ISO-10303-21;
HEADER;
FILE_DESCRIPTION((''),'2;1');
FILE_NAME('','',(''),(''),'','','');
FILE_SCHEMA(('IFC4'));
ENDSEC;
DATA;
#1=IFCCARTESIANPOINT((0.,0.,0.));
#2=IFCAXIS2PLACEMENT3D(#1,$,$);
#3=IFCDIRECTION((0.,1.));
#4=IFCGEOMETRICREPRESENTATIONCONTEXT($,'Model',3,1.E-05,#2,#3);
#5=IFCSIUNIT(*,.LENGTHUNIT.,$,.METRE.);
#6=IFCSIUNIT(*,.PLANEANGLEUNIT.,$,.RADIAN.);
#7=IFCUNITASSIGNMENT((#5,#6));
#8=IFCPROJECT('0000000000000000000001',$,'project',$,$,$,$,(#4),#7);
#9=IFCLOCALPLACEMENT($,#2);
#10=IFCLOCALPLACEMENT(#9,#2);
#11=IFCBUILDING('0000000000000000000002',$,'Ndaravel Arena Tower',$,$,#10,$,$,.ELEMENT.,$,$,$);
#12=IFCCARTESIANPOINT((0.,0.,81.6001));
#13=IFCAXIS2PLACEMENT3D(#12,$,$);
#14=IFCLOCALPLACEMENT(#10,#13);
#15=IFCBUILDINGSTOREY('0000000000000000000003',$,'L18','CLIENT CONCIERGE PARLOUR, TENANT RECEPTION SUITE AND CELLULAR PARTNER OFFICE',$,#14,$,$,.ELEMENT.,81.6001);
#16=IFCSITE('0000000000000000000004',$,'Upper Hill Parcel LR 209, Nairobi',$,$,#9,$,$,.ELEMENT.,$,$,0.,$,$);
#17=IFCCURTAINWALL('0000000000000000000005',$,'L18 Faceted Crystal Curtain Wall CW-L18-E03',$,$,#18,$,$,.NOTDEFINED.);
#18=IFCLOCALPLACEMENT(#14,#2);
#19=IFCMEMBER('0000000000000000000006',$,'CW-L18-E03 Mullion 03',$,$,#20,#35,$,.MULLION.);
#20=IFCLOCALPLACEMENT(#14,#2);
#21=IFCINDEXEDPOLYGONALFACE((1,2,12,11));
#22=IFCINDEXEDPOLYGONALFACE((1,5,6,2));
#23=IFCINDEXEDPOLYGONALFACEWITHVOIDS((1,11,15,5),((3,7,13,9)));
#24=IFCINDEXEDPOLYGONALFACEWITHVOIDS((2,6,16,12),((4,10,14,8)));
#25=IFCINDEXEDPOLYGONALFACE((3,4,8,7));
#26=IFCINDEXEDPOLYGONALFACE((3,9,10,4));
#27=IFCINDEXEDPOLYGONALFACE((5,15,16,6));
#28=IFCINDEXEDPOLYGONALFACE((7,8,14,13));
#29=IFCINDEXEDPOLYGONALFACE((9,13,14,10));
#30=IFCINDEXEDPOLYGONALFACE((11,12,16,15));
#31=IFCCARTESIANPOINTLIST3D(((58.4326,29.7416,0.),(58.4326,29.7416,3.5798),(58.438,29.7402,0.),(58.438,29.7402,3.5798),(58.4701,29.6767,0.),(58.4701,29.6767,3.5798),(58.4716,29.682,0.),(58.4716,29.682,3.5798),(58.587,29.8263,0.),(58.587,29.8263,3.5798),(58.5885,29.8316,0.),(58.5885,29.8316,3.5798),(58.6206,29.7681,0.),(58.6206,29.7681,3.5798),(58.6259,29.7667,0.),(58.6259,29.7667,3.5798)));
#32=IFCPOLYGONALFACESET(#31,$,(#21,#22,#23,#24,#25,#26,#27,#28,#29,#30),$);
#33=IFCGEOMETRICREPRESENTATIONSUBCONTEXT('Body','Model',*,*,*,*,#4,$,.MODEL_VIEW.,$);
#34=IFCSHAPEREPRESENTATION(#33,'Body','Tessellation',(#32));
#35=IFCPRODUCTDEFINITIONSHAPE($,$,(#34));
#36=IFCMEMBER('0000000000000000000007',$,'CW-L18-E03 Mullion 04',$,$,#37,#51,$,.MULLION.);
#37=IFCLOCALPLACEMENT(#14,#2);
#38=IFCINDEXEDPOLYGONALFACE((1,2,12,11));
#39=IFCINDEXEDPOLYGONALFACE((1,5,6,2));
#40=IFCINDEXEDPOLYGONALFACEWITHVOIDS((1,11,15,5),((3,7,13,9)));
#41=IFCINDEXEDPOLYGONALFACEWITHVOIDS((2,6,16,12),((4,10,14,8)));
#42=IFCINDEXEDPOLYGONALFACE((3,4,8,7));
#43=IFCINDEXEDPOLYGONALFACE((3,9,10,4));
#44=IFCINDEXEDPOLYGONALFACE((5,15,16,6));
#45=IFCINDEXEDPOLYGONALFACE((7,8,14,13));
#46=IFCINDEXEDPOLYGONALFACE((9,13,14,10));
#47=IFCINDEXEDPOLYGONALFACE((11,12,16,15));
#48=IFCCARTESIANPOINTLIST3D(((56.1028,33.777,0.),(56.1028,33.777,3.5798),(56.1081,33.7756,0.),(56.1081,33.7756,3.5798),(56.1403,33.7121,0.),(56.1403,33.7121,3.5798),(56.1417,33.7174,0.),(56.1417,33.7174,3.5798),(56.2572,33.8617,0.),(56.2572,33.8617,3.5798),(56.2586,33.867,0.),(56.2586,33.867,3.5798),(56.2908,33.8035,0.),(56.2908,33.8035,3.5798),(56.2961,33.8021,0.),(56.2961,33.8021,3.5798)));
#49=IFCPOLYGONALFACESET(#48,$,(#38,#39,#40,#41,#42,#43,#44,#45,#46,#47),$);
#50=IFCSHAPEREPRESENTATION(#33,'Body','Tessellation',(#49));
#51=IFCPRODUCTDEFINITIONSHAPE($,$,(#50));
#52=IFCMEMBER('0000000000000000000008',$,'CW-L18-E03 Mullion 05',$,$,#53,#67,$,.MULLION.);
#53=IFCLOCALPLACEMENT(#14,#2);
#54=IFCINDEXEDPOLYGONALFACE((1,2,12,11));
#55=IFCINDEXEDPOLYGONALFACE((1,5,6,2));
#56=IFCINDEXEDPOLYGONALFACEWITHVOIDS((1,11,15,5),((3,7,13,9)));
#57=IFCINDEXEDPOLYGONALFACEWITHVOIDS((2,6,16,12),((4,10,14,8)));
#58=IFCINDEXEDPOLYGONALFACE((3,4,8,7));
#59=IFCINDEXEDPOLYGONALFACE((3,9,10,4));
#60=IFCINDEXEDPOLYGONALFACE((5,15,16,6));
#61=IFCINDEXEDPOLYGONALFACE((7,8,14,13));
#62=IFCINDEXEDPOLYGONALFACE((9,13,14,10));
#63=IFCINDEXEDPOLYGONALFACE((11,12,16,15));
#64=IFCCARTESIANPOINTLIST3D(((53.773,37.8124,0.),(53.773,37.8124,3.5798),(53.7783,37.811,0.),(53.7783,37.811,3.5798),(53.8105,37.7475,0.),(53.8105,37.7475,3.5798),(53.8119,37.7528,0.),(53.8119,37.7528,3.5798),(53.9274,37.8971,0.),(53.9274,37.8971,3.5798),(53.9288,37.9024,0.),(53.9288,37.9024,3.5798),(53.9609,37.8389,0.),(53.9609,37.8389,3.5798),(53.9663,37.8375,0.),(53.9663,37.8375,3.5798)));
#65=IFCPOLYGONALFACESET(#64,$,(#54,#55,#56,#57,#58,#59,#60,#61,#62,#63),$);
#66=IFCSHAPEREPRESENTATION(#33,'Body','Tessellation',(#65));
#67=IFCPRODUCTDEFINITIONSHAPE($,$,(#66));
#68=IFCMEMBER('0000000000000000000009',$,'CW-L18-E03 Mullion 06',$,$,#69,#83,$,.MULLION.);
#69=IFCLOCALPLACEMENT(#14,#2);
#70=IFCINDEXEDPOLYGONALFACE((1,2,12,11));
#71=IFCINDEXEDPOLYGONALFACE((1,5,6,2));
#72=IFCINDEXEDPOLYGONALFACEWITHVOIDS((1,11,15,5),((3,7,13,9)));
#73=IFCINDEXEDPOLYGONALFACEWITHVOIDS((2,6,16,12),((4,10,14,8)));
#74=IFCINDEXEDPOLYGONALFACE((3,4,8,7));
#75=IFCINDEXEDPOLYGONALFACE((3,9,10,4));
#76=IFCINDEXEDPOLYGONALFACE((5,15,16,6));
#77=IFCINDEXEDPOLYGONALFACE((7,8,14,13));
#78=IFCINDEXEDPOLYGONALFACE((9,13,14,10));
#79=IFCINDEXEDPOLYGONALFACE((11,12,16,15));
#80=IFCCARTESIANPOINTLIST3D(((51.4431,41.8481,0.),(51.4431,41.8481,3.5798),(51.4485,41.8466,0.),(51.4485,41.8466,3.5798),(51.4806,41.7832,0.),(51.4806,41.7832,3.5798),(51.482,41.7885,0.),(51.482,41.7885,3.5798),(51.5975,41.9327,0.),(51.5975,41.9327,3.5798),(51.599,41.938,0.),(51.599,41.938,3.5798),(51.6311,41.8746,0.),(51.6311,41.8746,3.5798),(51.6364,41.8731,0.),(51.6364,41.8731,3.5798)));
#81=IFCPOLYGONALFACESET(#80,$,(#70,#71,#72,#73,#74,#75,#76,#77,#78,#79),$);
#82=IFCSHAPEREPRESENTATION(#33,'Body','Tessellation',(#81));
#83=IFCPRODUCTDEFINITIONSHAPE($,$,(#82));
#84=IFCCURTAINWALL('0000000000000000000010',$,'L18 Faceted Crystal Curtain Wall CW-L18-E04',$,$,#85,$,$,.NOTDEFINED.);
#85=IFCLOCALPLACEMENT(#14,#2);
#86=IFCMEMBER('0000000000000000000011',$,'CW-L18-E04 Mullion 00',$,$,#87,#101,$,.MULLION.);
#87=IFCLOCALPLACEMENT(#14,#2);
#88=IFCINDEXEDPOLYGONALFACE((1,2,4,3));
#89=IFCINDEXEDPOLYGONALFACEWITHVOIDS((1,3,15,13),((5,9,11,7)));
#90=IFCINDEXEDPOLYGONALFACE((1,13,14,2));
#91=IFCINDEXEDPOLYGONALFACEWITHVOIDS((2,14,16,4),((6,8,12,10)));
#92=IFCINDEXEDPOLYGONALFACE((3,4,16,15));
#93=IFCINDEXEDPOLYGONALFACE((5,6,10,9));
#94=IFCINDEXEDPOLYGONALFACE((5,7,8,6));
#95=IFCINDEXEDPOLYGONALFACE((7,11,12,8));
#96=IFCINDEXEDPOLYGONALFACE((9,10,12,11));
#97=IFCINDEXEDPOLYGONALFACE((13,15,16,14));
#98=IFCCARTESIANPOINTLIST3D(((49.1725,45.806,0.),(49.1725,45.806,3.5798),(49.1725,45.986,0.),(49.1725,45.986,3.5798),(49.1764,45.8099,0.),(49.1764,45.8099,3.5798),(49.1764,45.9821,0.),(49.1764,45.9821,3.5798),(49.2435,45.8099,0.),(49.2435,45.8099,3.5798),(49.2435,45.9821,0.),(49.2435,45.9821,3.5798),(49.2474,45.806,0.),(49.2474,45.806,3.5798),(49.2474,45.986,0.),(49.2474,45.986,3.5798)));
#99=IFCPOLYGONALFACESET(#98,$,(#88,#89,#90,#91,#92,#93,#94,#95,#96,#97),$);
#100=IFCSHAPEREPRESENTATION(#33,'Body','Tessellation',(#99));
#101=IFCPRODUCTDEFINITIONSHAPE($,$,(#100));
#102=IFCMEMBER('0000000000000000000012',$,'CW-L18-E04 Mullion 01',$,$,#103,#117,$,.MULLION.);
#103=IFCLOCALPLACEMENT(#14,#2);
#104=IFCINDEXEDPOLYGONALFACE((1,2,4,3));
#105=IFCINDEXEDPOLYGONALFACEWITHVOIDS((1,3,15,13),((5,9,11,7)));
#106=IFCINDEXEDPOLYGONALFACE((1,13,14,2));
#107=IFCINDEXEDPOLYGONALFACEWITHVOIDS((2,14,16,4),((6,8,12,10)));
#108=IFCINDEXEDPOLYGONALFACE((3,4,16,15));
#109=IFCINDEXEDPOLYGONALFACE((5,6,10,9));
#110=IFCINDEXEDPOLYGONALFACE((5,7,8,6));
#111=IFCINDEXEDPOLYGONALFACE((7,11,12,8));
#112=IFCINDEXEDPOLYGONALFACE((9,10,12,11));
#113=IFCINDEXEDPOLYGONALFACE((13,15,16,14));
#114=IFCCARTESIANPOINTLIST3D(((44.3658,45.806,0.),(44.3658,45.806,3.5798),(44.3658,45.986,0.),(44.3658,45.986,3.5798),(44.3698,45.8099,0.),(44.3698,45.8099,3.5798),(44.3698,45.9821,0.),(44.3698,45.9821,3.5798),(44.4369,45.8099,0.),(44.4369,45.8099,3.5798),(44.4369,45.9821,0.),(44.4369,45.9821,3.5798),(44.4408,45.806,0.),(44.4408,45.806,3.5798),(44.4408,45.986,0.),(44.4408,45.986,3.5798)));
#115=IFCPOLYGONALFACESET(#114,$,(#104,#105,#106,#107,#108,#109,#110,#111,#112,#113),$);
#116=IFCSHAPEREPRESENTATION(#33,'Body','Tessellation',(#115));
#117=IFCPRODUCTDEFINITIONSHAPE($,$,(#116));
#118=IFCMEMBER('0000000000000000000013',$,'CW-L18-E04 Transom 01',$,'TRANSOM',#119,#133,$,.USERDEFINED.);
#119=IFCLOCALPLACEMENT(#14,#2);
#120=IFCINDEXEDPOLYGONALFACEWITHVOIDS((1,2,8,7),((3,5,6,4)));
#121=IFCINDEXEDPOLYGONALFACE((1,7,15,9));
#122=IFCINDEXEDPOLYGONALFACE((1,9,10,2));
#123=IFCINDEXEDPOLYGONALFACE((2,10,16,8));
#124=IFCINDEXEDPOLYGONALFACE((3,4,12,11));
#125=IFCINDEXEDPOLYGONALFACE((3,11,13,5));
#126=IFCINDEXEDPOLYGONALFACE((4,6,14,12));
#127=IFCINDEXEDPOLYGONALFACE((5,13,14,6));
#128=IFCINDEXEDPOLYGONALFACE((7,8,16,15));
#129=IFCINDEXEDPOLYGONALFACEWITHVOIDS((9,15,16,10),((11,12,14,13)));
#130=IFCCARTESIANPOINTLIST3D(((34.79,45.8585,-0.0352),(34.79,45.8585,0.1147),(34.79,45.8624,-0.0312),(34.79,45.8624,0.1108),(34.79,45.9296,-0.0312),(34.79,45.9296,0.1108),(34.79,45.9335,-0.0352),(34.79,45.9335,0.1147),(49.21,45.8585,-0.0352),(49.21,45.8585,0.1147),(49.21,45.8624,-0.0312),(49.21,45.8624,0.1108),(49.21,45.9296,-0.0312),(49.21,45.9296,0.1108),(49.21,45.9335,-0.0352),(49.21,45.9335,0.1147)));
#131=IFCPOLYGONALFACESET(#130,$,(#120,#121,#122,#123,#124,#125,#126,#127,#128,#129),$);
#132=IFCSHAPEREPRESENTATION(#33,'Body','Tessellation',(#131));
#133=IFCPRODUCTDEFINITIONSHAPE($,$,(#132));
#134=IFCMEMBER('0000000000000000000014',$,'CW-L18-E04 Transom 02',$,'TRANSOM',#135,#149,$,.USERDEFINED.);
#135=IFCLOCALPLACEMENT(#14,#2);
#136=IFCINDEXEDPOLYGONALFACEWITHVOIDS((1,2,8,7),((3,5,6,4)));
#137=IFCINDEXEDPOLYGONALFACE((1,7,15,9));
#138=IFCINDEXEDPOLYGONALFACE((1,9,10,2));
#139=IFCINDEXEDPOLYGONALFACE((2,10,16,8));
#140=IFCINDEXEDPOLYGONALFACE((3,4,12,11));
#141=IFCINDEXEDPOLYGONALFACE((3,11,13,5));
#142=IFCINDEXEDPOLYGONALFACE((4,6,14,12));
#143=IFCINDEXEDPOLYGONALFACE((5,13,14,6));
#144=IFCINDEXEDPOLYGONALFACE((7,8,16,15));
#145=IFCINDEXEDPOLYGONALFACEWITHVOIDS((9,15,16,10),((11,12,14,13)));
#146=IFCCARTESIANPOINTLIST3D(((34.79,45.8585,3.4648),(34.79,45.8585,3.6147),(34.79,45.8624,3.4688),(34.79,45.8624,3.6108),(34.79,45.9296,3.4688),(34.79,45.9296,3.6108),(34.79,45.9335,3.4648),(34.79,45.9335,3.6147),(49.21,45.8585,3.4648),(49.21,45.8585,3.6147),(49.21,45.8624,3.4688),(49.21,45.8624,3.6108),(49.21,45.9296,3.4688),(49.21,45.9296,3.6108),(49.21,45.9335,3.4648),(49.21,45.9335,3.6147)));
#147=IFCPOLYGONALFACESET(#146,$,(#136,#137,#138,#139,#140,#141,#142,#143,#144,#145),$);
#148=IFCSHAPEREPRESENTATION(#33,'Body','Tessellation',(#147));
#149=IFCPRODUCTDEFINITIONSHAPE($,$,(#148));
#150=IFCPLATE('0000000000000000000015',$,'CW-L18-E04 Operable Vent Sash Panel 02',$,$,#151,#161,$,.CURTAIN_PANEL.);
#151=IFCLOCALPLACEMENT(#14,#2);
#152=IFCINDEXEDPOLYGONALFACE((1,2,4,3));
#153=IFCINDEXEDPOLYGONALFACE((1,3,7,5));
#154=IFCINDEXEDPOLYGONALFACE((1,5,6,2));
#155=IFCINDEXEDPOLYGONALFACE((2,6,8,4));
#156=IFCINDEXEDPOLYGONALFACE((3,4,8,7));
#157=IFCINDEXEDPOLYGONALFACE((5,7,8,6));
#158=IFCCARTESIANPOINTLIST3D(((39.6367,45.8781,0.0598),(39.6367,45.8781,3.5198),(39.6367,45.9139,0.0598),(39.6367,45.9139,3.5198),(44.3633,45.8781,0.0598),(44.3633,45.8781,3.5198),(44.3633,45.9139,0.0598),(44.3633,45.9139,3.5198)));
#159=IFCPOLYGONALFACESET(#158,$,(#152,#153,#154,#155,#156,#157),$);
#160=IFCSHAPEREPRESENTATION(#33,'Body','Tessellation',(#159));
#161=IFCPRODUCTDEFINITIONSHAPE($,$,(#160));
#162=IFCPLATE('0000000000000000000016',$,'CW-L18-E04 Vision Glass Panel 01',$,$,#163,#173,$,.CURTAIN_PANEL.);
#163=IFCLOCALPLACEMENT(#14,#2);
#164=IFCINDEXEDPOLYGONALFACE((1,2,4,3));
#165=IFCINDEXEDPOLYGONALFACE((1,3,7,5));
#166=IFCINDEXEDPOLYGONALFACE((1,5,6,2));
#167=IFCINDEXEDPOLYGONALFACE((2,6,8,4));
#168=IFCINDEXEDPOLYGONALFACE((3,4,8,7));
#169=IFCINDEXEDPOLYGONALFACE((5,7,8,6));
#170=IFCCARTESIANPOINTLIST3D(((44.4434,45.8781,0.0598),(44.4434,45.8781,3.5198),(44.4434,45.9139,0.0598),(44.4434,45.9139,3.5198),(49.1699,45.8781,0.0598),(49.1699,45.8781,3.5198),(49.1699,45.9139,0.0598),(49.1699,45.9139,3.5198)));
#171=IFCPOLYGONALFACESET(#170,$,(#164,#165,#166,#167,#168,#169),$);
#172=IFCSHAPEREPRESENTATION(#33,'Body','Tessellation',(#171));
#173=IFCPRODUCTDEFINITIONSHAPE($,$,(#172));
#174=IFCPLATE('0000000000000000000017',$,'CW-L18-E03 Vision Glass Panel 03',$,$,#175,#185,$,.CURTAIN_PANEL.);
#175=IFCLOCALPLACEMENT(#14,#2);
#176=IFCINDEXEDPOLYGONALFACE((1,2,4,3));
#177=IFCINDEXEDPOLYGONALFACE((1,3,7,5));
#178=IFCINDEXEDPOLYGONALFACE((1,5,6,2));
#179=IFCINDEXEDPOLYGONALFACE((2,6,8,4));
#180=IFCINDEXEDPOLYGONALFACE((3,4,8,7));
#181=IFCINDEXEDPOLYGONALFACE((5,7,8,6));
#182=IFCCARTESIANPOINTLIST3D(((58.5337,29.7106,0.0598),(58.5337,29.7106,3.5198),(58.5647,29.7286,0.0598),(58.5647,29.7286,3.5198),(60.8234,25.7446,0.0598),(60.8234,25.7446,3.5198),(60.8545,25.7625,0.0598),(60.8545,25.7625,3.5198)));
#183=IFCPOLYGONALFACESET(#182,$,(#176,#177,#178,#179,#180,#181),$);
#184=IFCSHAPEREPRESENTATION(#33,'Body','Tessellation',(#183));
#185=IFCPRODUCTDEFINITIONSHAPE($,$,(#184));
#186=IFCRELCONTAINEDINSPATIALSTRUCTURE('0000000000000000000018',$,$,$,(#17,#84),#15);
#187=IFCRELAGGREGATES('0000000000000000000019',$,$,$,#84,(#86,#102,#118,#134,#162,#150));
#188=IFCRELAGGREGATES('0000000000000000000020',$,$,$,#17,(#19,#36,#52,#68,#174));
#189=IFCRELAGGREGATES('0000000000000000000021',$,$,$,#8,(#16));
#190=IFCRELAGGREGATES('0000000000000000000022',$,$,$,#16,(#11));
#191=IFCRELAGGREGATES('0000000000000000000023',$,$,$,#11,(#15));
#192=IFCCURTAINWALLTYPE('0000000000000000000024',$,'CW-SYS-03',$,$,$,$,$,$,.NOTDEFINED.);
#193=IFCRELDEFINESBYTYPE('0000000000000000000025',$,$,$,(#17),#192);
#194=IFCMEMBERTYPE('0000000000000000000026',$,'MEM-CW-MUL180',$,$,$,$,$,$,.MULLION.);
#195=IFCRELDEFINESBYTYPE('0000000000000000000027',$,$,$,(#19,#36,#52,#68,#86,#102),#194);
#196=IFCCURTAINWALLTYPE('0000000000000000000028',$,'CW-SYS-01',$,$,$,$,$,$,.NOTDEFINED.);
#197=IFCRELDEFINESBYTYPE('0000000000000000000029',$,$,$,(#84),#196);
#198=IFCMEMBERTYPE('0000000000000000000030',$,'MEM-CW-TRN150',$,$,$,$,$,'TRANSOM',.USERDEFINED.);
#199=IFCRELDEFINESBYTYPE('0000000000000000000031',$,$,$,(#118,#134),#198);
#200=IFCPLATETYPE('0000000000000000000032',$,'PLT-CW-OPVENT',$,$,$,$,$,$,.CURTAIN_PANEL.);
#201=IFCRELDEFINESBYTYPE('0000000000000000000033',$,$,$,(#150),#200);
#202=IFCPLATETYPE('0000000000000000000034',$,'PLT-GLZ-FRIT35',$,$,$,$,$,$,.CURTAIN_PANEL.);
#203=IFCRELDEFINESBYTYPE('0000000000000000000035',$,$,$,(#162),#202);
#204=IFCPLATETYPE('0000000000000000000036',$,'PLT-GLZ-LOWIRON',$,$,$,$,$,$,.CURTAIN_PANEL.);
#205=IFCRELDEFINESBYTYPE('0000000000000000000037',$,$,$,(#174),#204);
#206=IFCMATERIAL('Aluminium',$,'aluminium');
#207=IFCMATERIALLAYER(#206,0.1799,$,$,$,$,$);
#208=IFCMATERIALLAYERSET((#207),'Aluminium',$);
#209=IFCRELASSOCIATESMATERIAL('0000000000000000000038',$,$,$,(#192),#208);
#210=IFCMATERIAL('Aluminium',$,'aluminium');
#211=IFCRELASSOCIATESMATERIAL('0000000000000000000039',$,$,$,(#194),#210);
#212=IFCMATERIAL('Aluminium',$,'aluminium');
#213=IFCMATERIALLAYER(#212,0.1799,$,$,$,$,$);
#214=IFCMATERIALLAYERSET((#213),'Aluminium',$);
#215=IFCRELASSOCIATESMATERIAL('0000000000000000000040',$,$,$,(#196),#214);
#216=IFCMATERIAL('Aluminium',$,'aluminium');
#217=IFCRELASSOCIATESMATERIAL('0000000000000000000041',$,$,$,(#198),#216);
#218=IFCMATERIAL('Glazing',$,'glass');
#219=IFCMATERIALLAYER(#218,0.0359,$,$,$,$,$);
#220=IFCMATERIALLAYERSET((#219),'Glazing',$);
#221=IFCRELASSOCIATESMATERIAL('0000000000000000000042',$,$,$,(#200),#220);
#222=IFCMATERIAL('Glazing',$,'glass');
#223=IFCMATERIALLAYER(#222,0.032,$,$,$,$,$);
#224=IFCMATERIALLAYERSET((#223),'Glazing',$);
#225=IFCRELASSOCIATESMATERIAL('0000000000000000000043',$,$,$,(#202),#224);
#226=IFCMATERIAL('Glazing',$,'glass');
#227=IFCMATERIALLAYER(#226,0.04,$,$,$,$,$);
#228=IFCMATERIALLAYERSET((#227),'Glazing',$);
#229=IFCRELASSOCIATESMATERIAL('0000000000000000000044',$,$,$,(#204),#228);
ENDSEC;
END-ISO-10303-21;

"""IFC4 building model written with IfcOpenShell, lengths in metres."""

from ifc_helpers import new_model, si_unit, direction, frame, origin, origin_2d, place, context, subcontext, project, spatial, rectangle, hollow_rectangle, extrude, material, layer, layer_set, material_profile, profile_set, type_object, element, aggregate, save


model = new_model("IFC4")

# Units and contexts
model_context = context("Model", 3, precision=1e-05, world=origin(), true_north=direction((0.0, 1.0)))
body_context = subcontext(model_context, "Body", "Model", "MODEL_VIEW")
ifc_project = project(units=[si_unit("LENGTHUNIT", "METRE"), si_unit("PLANEANGLEUNIT", "RADIAN")], contexts=[model_context])

# Site, building, storey
site_placement = place(None, origin())
site = spatial("IfcSite", under=ifc_project, at=site_placement, Name="Upper Hill Parcel LR 209, Nairobi", CompositionType="ELEMENT", RefElevation=0.0)
building_placement = place(site_placement, origin())
building = spatial("IfcBuilding", under=site, at=building_placement, Name="Ndaravel Arena Tower", CompositionType="ELEMENT")
storey_placement = place(building_placement, frame((0.0, 0.0, 81.6001)))
storey = spatial("IfcBuildingStorey", under=building, at=storey_placement, Name="L18", Description="CLIENT CONCIERGE PARLOUR, TENANT RECEPTION SUITE AND CELLULAR PARTNER OFFICE", CompositionType="ELEMENT", Elevation=81.6001)

# Curtain wall, members
ifc_material_1 = material(Name="Aluminium", Category="aluminium")
ifc_layer_1 = layer(ifc_material_1, 0.1799)
ifc_layer_set_1 = layer_set([ifc_layer_1], Name="Aluminium")
curtain_wall_type_1 = type_object("IfcCurtainWallType", Name="CW-SYS-03", PredefinedType="NOTDEFINED", material=ifc_layer_set_1)
curtain_wall_1_placement = place(storey_placement, origin())
curtain_wall_1 = element("IfcCurtainWall", 1, at=curtain_wall_1_placement, inside=storey, type_object=curtain_wall_type_1, Name="L18 Faceted Crystal Curtain Wall CW-L18-E03", PredefinedType="NOTDEFINED")
ifc_material_2 = material(Name="Aluminium", Category="aluminium")
ifc_material_profile_1 = material_profile(ifc_material_2, hollow_rectangle(XDim=0.075, YDim=0.1799, WallThickness=0.0039, at=origin_2d()), Name="CW MULLION 75x180x4")
ifc_profile_set_1 = profile_set([ifc_material_profile_1], Name="Aluminium")
member_type_1 = type_object("IfcMemberType", Name="MEM-CW-MUL180", PredefinedType="MULLION", material=ifc_profile_set_1)
member_1_placement = place(storey_placement, frame((58.5293, 29.7542, 0.0), z_axis=(0.0, 0.0, 1.0), x_axis=(-0.5, 0.866025, 0.0)))
member_1 = element("IfcMember", 2, at=member_1_placement, type_object=member_type_1, Name="CW-L18-E03 Mullion 03", PredefinedType="MULLION", context=body_context, shape_type="SweptSolid", body=[
    extrude(hollow_rectangle(XDim=0.075, YDim=0.1799, WallThickness=0.0039, at=origin_2d()), origin(), (0.0, 0.0, 1.0), 3.5798),
])
member_2_placement = place(storey_placement, frame((56.1995, 33.7896, 0.0), z_axis=(0.0, 0.0, 1.0), x_axis=(-0.5, 0.866025, 0.0)))
member_2 = element("IfcMember", 3, at=member_2_placement, type_object=member_type_1, Name="CW-L18-E03 Mullion 04", PredefinedType="MULLION", context=body_context, shape_type="SweptSolid", body=[
    extrude(hollow_rectangle(XDim=0.075, YDim=0.1799, WallThickness=0.0039, at=origin_2d()), origin(), (0.0, 0.0, 1.0), 3.5798),
])
member_3_placement = place(storey_placement, frame((53.8696, 37.825, 0.0), z_axis=(0.0, 0.0, 1.0), x_axis=(-0.5, 0.866025, 0.0)))
member_3 = element("IfcMember", 4, at=member_3_placement, type_object=member_type_1, Name="CW-L18-E03 Mullion 05", PredefinedType="MULLION", context=body_context, shape_type="SweptSolid", body=[
    extrude(hollow_rectangle(XDim=0.075, YDim=0.1799, WallThickness=0.0039, at=origin_2d()), origin(), (0.0, 0.0, 1.0), 3.5798),
])
member_4_placement = place(storey_placement, frame((51.5398, 41.8606, 0.0), z_axis=(0.0, 0.0, 1.0), x_axis=(-0.5, 0.866025, 0.0)))
member_4 = element("IfcMember", 5, at=member_4_placement, type_object=member_type_1, Name="CW-L18-E03 Mullion 06", PredefinedType="MULLION", context=body_context, shape_type="SweptSolid", body=[
    extrude(hollow_rectangle(XDim=0.075, YDim=0.1799, WallThickness=0.0039, at=origin_2d()), origin(), (0.0, 0.0, 1.0), 3.5798),
])

# Curtain wall, members, plates
ifc_material_3 = material(Name="Aluminium", Category="aluminium")
ifc_layer_2 = layer(ifc_material_3, 0.1799)
ifc_layer_set_2 = layer_set([ifc_layer_2], Name="Aluminium")
curtain_wall_type_2 = type_object("IfcCurtainWallType", Name="CW-SYS-01", PredefinedType="NOTDEFINED", material=ifc_layer_set_2)
curtain_wall_2_placement = place(storey_placement, origin())
curtain_wall_2 = element("IfcCurtainWall", 6, at=curtain_wall_2_placement, inside=storey, type_object=curtain_wall_type_2, Name="L18 Faceted Crystal Curtain Wall CW-L18-E04", PredefinedType="NOTDEFINED")
member_5_placement = place(storey_placement, frame((49.21, 45.896, 0.0), z_axis=(0.0, 0.0, 1.0), x_axis=(-1.0, 0.0, 0.0)))
member_5 = element("IfcMember", 7, at=member_5_placement, type_object=member_type_1, Name="CW-L18-E04 Mullion 00", PredefinedType="MULLION", context=body_context, shape_type="SweptSolid", body=[
    extrude(hollow_rectangle(XDim=0.075, YDim=0.1799, WallThickness=0.0039, at=origin_2d()), origin(), (0.0, 0.0, 1.0), 3.5798),
])
member_6_placement = place(storey_placement, frame((44.4033, 45.896, 0.0), z_axis=(0.0, 0.0, 1.0), x_axis=(-1.0, 0.0, 0.0)))
member_6 = element("IfcMember", 8, at=member_6_placement, type_object=member_type_1, Name="CW-L18-E04 Mullion 01", PredefinedType="MULLION", context=body_context, shape_type="SweptSolid", body=[
    extrude(hollow_rectangle(XDim=0.075, YDim=0.1799, WallThickness=0.0039, at=origin_2d()), origin(), (0.0, 0.0, 1.0), 3.5798),
])
ifc_material_4 = material(Name="Aluminium", Category="aluminium")
ifc_material_profile_2 = material_profile(ifc_material_4, hollow_rectangle(XDim=0.075, YDim=0.1499, WallThickness=0.0039, at=origin_2d()), Name="CW TRANSOM 75x150x4")
ifc_profile_set_2 = profile_set([ifc_material_profile_2], Name="Aluminium")
member_type_2 = type_object("IfcMemberType", Name="MEM-CW-TRN150", ElementType="TRANSOM", PredefinedType="USERDEFINED", material=ifc_profile_set_2)
member_7_placement = place(storey_placement, frame((49.21, 45.896, 0.0398), z_axis=(-1.0, 0.0, 0.0), x_axis=(0.0, -1.0, 0.0)))
member_7 = element("IfcMember", 9, at=member_7_placement, type_object=member_type_2, Name="CW-L18-E04 Transom 01", ObjectType="TRANSOM", PredefinedType="USERDEFINED", context=body_context, shape_type="SweptSolid", body=[
    extrude(hollow_rectangle(XDim=0.075, YDim=0.1499, WallThickness=0.0039, at=origin_2d()), origin(), (0.0, 0.0, 1.0), 14.4199),
])
member_8_placement = place(storey_placement, frame((49.21, 45.896, 3.5398), z_axis=(-1.0, 0.0, 0.0), x_axis=(0.0, -1.0, 0.0)))
member_8 = element("IfcMember", 10, at=member_8_placement, type_object=member_type_2, Name="CW-L18-E04 Transom 02", ObjectType="TRANSOM", PredefinedType="USERDEFINED", context=body_context, shape_type="SweptSolid", body=[
    extrude(hollow_rectangle(XDim=0.075, YDim=0.1499, WallThickness=0.0039, at=origin_2d()), origin(), (0.0, 0.0, 1.0), 14.4199),
])
ifc_material_5 = material(Name="Glazing", Category="glass")
ifc_layer_3 = layer(ifc_material_5, 0.0359)
ifc_layer_set_3 = layer_set([ifc_layer_3], Name="Glazing")
plate_type_1 = type_object("IfcPlateType", Name="PLT-CW-OPVENT", PredefinedType="CURTAIN_PANEL", material=ifc_layer_set_3)
plate_1_placement = place(storey_placement, frame((42.0, 45.896, 0.0598), z_axis=(0.0, 0.0, 1.0), x_axis=(-1.0, 0.0, 0.0)))
plate_1 = element("IfcPlate", 11, at=plate_1_placement, type_object=plate_type_1, Name="CW-L18-E04 Operable Vent Sash Panel 02", PredefinedType="CURTAIN_PANEL", context=body_context, shape_type="SweptSolid", body=[
    extrude(rectangle(XDim=4.7266, YDim=0.0359, at=origin_2d()), origin(), (0.0, 0.0, 1.0), 3.46),
])
ifc_material_6 = material(Name="Glazing", Category="glass")
ifc_layer_4 = layer(ifc_material_6, 0.032)
ifc_layer_set_4 = layer_set([ifc_layer_4], Name="Glazing")
plate_type_2 = type_object("IfcPlateType", Name="PLT-GLZ-FRIT35", PredefinedType="CURTAIN_PANEL", material=ifc_layer_set_4)
plate_2_placement = place(storey_placement, frame((46.8066, 45.896, 0.0598), z_axis=(0.0, 0.0, 1.0), x_axis=(-1.0, 0.0, 0.0)))
plate_2 = element("IfcPlate", 12, at=plate_2_placement, type_object=plate_type_2, Name="CW-L18-E04 Vision Glass Panel 01", PredefinedType="CURTAIN_PANEL", context=body_context, shape_type="SweptSolid", body=[
    extrude(rectangle(XDim=4.7266, YDim=0.0359, at=origin_2d()), origin(), (0.0, 0.0, 1.0), 3.46),
])
aggregate(curtain_wall_2, [member_5, member_6, member_7, member_8, plate_2, plate_1])

# Plate
ifc_material_7 = material(Name="Glazing", Category="glass")
ifc_layer_5 = layer(ifc_material_7, 0.04)
ifc_layer_set_5 = layer_set([ifc_layer_5], Name="Glazing")
plate_type_3 = type_object("IfcPlateType", Name="PLT-GLZ-LOWIRON", PredefinedType="CURTAIN_PANEL", material=ifc_layer_set_5)
plate_3_placement = place(storey_placement, frame((59.6941, 27.7366, 0.0598), z_axis=(0.0, 0.0, 1.0), x_axis=(-0.5, 0.866025, 0.0)))
plate_3 = element("IfcPlate", 13, at=plate_3_placement, type_object=plate_type_3, Name="CW-L18-E03 Vision Glass Panel 03", PredefinedType="CURTAIN_PANEL", context=body_context, shape_type="SweptSolid", body=[
    extrude(rectangle(XDim=4.5796, YDim=0.0359, at=origin_2d()), origin(), (0.0, 0.0, 1.0), 3.46),
])
aggregate(curtain_wall_1, [member_1, member_2, member_3, member_4, plate_3])

save(model, "model.ifc")
